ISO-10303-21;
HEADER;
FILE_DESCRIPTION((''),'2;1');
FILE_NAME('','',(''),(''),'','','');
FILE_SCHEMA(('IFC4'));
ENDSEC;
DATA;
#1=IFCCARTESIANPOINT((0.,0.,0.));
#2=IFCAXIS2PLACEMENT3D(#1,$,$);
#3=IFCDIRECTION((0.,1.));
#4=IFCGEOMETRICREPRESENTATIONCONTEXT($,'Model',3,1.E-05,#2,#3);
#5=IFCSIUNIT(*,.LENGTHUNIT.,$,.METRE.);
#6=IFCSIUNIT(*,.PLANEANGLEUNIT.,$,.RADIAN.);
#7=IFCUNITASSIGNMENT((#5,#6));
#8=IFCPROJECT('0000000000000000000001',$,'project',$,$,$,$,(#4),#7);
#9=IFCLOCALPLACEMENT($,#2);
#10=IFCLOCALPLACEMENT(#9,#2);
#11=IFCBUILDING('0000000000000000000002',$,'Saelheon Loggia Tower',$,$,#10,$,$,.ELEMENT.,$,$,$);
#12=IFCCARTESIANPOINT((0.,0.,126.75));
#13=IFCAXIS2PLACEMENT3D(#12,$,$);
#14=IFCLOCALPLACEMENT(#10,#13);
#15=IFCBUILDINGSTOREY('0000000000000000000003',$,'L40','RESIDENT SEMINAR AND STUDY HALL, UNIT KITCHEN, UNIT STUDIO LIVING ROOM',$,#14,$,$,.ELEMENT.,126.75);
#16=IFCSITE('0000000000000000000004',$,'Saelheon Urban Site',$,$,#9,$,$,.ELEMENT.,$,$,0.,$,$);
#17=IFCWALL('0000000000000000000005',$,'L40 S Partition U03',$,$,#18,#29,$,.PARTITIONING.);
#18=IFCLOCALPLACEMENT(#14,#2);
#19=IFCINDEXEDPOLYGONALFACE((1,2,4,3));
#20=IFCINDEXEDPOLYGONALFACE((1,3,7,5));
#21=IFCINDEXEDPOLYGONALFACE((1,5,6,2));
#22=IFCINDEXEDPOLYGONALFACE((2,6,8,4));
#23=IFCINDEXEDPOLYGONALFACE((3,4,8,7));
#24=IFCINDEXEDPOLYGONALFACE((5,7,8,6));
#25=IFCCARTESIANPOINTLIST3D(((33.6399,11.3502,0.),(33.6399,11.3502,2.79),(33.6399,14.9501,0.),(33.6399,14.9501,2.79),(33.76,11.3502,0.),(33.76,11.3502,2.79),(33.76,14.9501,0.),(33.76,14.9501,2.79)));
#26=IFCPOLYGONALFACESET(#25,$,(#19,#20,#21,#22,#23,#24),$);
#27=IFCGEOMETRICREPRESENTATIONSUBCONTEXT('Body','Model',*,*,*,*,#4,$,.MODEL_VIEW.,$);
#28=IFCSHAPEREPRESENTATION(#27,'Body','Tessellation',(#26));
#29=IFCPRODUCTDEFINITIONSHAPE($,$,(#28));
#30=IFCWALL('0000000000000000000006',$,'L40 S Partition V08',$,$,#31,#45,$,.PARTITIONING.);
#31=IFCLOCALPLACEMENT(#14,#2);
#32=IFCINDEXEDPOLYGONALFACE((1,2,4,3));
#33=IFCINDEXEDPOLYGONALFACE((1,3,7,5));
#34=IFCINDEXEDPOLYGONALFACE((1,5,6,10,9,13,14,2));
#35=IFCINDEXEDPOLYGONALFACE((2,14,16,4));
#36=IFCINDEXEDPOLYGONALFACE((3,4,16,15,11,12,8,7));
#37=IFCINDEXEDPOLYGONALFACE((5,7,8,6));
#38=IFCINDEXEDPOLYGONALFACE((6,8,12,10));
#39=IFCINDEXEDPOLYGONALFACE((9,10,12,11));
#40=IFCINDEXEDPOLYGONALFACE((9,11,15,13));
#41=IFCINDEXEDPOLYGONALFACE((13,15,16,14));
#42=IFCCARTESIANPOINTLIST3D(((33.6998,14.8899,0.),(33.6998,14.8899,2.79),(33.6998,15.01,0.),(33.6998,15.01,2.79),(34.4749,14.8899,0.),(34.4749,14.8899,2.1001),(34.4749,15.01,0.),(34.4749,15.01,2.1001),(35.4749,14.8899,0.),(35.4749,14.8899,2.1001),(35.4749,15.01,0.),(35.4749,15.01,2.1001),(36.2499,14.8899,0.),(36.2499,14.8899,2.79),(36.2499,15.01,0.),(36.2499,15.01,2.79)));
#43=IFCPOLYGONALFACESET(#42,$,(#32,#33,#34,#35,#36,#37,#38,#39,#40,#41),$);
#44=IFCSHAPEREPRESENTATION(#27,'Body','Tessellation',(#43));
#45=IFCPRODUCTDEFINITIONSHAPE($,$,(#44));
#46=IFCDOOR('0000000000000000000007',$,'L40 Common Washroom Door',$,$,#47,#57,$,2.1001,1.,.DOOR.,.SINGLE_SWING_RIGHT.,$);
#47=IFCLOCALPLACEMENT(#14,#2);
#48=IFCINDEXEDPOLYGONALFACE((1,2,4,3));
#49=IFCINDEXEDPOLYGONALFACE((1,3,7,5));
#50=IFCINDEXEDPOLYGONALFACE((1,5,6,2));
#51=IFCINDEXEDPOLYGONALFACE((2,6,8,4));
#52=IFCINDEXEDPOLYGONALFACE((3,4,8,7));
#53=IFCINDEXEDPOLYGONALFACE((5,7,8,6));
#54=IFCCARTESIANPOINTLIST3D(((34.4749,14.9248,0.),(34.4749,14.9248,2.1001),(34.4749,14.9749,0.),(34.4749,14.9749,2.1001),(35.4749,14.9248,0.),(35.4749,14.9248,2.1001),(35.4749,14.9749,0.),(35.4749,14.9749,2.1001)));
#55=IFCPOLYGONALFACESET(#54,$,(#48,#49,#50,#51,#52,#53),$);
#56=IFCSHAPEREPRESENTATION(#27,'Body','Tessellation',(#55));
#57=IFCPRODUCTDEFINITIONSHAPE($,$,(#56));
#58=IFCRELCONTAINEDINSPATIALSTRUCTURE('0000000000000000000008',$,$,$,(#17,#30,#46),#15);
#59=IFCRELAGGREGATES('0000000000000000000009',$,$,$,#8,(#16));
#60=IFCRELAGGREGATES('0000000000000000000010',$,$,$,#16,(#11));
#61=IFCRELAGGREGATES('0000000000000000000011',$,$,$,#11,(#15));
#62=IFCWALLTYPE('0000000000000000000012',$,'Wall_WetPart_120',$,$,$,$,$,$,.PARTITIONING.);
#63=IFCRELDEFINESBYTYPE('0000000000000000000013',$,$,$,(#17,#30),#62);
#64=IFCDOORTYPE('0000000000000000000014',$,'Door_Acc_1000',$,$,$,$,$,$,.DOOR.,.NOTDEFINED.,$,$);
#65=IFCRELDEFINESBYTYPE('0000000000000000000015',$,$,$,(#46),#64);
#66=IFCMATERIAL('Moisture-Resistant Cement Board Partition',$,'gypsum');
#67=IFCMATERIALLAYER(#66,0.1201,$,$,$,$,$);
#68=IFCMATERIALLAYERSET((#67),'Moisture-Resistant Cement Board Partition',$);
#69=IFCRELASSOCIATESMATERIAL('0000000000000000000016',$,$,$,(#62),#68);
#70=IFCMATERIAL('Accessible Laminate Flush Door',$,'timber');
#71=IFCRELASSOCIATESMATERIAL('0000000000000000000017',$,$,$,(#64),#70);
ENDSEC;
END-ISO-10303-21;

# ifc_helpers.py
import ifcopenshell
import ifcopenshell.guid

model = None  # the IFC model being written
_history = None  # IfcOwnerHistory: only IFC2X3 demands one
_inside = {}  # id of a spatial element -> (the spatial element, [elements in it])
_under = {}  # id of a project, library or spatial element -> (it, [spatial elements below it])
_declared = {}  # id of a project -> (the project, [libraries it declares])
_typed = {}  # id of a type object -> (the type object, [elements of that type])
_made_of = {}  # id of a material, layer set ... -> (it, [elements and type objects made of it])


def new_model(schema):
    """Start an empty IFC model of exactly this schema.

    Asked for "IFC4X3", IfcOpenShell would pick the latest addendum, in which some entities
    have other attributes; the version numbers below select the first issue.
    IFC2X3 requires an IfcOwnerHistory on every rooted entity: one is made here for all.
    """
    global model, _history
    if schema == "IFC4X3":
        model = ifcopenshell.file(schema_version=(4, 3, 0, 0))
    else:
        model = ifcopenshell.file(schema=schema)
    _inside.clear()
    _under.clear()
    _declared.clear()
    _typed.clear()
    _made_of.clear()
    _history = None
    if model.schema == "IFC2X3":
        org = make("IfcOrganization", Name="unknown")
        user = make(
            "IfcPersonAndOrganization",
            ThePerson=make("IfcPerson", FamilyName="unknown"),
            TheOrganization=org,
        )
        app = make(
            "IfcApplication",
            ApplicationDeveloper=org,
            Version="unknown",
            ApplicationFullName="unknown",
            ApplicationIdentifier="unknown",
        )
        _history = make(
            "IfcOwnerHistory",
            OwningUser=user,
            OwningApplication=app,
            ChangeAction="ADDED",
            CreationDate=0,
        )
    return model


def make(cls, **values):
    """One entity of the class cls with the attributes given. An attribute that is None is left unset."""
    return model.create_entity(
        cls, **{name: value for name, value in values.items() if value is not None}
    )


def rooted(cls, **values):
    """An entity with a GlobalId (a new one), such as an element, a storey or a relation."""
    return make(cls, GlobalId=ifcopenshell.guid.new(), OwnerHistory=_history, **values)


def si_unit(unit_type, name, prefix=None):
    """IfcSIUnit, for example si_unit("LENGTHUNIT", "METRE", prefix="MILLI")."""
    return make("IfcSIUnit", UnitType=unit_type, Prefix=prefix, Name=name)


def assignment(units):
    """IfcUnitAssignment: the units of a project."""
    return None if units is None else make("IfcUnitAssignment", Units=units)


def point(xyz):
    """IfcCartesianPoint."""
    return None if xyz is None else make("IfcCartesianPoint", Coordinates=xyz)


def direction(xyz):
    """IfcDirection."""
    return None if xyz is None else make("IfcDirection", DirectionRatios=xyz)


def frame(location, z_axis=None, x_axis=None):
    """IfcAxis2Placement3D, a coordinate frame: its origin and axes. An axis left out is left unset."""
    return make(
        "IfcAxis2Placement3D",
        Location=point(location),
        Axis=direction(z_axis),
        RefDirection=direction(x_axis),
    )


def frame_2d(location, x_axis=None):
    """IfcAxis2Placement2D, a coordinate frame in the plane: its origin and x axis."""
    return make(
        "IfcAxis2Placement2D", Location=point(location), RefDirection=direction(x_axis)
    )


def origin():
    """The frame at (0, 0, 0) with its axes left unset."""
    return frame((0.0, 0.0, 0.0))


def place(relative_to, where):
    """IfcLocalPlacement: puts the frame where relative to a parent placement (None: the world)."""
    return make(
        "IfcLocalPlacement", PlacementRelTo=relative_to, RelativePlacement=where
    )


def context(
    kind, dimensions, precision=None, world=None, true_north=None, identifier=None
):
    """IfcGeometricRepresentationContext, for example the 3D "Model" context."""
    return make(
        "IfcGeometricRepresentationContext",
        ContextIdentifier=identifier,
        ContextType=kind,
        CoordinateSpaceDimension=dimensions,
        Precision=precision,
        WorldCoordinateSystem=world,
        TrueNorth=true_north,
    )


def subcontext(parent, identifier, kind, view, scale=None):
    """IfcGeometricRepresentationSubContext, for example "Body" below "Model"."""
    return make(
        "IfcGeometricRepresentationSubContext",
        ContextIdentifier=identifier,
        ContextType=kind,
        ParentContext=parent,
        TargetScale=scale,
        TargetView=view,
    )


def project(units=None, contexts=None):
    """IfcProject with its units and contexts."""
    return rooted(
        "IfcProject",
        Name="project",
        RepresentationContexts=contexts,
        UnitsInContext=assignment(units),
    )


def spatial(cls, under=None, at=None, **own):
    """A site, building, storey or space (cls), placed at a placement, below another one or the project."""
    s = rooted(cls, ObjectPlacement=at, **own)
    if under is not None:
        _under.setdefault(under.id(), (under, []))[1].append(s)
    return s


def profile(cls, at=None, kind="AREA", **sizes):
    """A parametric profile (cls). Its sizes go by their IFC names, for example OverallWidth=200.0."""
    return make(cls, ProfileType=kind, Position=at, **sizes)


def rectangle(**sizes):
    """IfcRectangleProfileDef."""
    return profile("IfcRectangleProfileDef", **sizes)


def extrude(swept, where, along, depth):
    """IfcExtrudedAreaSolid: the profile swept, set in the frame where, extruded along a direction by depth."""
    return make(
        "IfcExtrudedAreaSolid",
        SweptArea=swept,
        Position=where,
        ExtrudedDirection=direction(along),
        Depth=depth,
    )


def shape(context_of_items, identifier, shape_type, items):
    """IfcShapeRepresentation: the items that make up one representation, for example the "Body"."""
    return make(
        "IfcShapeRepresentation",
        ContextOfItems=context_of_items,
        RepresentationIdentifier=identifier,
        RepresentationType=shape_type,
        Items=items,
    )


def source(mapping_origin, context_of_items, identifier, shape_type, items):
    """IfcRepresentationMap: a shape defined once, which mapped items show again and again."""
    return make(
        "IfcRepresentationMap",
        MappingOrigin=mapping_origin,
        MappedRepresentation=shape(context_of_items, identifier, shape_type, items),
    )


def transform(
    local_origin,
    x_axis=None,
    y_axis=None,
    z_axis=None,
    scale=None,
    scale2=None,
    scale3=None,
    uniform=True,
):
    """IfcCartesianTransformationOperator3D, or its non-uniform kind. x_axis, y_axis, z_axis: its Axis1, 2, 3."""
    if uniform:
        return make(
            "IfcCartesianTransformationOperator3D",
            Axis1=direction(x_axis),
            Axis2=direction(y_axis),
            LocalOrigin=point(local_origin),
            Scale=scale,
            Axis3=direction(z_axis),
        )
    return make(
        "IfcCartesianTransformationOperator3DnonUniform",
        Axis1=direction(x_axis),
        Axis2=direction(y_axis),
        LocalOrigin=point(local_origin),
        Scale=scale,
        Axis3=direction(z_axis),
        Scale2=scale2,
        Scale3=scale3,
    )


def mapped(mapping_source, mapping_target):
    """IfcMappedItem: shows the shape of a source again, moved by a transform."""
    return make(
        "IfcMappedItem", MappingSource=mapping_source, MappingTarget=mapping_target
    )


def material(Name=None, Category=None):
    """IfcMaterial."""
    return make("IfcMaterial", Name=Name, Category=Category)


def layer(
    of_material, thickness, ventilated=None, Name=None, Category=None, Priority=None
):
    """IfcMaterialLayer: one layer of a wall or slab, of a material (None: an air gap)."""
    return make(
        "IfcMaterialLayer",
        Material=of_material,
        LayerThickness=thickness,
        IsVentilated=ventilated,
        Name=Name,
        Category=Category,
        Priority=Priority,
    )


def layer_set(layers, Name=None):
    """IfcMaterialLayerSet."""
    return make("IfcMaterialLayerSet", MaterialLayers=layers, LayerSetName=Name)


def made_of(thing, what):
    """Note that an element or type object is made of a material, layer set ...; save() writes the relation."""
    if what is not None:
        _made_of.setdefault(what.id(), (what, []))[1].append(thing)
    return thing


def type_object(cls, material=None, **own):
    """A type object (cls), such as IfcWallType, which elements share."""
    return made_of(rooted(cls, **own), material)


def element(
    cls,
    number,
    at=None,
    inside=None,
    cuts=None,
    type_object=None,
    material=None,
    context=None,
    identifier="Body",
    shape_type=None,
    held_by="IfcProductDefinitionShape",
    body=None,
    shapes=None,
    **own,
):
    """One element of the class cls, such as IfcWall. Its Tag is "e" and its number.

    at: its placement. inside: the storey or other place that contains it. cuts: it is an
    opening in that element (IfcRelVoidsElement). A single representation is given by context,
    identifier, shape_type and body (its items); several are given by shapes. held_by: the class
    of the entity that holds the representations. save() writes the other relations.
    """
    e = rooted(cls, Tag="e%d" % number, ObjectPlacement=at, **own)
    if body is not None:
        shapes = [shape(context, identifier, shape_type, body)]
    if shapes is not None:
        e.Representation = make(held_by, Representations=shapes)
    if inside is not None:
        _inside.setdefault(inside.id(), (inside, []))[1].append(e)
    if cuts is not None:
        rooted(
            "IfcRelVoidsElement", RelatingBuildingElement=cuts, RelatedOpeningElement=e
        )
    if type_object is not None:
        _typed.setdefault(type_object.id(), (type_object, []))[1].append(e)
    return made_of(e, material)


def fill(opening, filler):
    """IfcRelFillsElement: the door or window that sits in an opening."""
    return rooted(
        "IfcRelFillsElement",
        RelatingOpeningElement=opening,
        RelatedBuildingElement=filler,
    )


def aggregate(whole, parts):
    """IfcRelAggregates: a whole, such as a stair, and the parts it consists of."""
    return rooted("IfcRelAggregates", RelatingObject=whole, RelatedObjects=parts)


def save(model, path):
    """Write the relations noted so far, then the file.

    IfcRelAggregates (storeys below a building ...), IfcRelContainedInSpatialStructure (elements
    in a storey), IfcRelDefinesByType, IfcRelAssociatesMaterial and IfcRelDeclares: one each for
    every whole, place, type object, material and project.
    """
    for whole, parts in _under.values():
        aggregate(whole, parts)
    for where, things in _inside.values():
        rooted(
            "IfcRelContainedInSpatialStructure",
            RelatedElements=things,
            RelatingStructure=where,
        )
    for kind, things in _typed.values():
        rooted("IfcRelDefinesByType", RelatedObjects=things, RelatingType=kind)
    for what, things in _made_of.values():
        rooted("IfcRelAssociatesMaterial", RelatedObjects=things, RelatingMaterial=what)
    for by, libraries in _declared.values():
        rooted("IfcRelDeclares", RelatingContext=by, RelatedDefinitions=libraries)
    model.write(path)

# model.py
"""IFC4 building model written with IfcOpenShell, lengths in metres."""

from ifc_helpers import new_model, si_unit, direction, frame, frame_2d, origin, place, context, subcontext, project, spatial, rectangle, extrude, source, transform, mapped, material, layer, layer_set, type_object, element, fill, save


model = new_model("IFC4")

# Units and contexts
model_context = context("Model", 3, precision=1e-05, world=origin(), true_north=direction((0.0, 1.0)))
body_context = subcontext(model_context, "Body", "Model", "MODEL_VIEW")
ifc_project = project(units=[si_unit("LENGTHUNIT", "METRE"), si_unit("PLANEANGLEUNIT", "RADIAN")], contexts=[model_context])

# Site, building, storey
site_placement = place(None, origin())
site = spatial("IfcSite", under=ifc_project, at=site_placement, Name="Saelheon Urban Site", CompositionType="ELEMENT", RefElevation=0.0)
building_placement = place(site_placement, origin())
building = spatial("IfcBuilding", under=site, at=building_placement, Name="Saelheon Loggia Tower", CompositionType="ELEMENT")
storey_placement = place(building_placement, frame((0.0, 0.0, 126.75)))
storey = spatial("IfcBuildingStorey", under=building, at=storey_placement, Name="L40", Description="RESIDENT SEMINAR AND STUDY HALL, UNIT KITCHEN, UNIT STUDIO LIVING ROOM", CompositionType="ELEMENT", Elevation=126.75)

# Wall
ifc_material_1 = material(Name="Moisture-Resistant Cement Board Partition", Category="gypsum")
ifc_layer_1 = layer(ifc_material_1, 0.1201)
ifc_layer_set_1 = layer_set([ifc_layer_1], Name="Moisture-Resistant Cement Board Partition")
wall_type_1 = type_object("IfcWallType", Name="Wall_WetPart_120", PredefinedType="PARTITIONING", material=ifc_layer_set_1)
wall_1_placement = place(storey_placement, frame((33.7, 14.95, 0.0), z_axis=(0.0, 0.0, 1.0), x_axis=(0.0, -1.0, 0.0)))
element("IfcWall", 1, at=wall_1_placement, inside=storey, type_object=wall_type_1, Name="L40 S Partition U03", PredefinedType="PARTITIONING", context=body_context, shape_type="SweptSolid", body=[
    extrude(rectangle(XDim=3.5999, YDim=0.1201, at=frame_2d((1.7998, 0.0))), origin(), (0.0, 0.0, 1.0), 2.79),
])

# Wall, opening, door
wall_2_placement = place(storey_placement, frame((33.7, 14.95, 0.0), z_axis=(0.0, 0.0, 1.0), x_axis=(1.0, 0.0, 0.0)))
wall_2 = element("IfcWall", 2, at=wall_2_placement, inside=storey, type_object=wall_type_1, Name="L40 S Partition V08", PredefinedType="PARTITIONING", context=body_context, shape_type="SweptSolid", body=[
    extrude(rectangle(XDim=2.55, YDim=0.1201, at=frame_2d((1.2749, 0.0))), origin(), (0.0, 0.0, 1.0), 2.79),
])
opening_1_placement = place(wall_2_placement, frame((0.7749, 0.0, 0.0)))
opening_1 = element("IfcOpeningElement", 3, at=opening_1_placement, cuts=wall_2, PredefinedType="OPENING", context=body_context, shape_type="SweptSolid", body=[
    extrude(rectangle(XDim=1.0, YDim=2.1001, at=frame_2d((0.5, 1.05))), frame((0.0, 0.072, 0.0), z_axis=(0.0, -1.0, 0.0), x_axis=(1.0, 0.0, 0.0)), (0.0, 0.0, 1.0), 0.144),
])
ifc_material_2 = material(Name="Accessible Laminate Flush Door", Category="timber")
door_type_1 = type_object("IfcDoorType", Name="Door_Acc_1000", OperationType="NOTDEFINED", PredefinedType="DOOR", material=ifc_material_2)
shared_shape_1 = source(origin(), body_context, "Body", "SweptSolid", [
    extrude(rectangle(XDim=1.0, YDim=2.1001, at=frame_2d((0.5, 1.05))), frame((0.0, 0.0249, 0.0), z_axis=(0.0, -1.0, 0.0), x_axis=(1.0, 0.0, 0.0)), (0.0, 0.0, 1.0), 0.05),
])
door_1_placement = place(opening_1_placement, origin())
door_1 = element("IfcDoor", 4, at=door_1_placement, inside=storey, type_object=door_type_1, Name="L40 Common Washroom Door", OperationType="SINGLE_SWING_RIGHT", OverallHeight=2.1001, OverallWidth=1.0, PredefinedType="DOOR", context=body_context, shape_type="MappedRepresentation", body=[
    mapped(shared_shape_1, transform((0.0, 0.0, 0.0), scale=1.0)),
])
fill(opening_1, door_1)

save(model, "model.ifc")
